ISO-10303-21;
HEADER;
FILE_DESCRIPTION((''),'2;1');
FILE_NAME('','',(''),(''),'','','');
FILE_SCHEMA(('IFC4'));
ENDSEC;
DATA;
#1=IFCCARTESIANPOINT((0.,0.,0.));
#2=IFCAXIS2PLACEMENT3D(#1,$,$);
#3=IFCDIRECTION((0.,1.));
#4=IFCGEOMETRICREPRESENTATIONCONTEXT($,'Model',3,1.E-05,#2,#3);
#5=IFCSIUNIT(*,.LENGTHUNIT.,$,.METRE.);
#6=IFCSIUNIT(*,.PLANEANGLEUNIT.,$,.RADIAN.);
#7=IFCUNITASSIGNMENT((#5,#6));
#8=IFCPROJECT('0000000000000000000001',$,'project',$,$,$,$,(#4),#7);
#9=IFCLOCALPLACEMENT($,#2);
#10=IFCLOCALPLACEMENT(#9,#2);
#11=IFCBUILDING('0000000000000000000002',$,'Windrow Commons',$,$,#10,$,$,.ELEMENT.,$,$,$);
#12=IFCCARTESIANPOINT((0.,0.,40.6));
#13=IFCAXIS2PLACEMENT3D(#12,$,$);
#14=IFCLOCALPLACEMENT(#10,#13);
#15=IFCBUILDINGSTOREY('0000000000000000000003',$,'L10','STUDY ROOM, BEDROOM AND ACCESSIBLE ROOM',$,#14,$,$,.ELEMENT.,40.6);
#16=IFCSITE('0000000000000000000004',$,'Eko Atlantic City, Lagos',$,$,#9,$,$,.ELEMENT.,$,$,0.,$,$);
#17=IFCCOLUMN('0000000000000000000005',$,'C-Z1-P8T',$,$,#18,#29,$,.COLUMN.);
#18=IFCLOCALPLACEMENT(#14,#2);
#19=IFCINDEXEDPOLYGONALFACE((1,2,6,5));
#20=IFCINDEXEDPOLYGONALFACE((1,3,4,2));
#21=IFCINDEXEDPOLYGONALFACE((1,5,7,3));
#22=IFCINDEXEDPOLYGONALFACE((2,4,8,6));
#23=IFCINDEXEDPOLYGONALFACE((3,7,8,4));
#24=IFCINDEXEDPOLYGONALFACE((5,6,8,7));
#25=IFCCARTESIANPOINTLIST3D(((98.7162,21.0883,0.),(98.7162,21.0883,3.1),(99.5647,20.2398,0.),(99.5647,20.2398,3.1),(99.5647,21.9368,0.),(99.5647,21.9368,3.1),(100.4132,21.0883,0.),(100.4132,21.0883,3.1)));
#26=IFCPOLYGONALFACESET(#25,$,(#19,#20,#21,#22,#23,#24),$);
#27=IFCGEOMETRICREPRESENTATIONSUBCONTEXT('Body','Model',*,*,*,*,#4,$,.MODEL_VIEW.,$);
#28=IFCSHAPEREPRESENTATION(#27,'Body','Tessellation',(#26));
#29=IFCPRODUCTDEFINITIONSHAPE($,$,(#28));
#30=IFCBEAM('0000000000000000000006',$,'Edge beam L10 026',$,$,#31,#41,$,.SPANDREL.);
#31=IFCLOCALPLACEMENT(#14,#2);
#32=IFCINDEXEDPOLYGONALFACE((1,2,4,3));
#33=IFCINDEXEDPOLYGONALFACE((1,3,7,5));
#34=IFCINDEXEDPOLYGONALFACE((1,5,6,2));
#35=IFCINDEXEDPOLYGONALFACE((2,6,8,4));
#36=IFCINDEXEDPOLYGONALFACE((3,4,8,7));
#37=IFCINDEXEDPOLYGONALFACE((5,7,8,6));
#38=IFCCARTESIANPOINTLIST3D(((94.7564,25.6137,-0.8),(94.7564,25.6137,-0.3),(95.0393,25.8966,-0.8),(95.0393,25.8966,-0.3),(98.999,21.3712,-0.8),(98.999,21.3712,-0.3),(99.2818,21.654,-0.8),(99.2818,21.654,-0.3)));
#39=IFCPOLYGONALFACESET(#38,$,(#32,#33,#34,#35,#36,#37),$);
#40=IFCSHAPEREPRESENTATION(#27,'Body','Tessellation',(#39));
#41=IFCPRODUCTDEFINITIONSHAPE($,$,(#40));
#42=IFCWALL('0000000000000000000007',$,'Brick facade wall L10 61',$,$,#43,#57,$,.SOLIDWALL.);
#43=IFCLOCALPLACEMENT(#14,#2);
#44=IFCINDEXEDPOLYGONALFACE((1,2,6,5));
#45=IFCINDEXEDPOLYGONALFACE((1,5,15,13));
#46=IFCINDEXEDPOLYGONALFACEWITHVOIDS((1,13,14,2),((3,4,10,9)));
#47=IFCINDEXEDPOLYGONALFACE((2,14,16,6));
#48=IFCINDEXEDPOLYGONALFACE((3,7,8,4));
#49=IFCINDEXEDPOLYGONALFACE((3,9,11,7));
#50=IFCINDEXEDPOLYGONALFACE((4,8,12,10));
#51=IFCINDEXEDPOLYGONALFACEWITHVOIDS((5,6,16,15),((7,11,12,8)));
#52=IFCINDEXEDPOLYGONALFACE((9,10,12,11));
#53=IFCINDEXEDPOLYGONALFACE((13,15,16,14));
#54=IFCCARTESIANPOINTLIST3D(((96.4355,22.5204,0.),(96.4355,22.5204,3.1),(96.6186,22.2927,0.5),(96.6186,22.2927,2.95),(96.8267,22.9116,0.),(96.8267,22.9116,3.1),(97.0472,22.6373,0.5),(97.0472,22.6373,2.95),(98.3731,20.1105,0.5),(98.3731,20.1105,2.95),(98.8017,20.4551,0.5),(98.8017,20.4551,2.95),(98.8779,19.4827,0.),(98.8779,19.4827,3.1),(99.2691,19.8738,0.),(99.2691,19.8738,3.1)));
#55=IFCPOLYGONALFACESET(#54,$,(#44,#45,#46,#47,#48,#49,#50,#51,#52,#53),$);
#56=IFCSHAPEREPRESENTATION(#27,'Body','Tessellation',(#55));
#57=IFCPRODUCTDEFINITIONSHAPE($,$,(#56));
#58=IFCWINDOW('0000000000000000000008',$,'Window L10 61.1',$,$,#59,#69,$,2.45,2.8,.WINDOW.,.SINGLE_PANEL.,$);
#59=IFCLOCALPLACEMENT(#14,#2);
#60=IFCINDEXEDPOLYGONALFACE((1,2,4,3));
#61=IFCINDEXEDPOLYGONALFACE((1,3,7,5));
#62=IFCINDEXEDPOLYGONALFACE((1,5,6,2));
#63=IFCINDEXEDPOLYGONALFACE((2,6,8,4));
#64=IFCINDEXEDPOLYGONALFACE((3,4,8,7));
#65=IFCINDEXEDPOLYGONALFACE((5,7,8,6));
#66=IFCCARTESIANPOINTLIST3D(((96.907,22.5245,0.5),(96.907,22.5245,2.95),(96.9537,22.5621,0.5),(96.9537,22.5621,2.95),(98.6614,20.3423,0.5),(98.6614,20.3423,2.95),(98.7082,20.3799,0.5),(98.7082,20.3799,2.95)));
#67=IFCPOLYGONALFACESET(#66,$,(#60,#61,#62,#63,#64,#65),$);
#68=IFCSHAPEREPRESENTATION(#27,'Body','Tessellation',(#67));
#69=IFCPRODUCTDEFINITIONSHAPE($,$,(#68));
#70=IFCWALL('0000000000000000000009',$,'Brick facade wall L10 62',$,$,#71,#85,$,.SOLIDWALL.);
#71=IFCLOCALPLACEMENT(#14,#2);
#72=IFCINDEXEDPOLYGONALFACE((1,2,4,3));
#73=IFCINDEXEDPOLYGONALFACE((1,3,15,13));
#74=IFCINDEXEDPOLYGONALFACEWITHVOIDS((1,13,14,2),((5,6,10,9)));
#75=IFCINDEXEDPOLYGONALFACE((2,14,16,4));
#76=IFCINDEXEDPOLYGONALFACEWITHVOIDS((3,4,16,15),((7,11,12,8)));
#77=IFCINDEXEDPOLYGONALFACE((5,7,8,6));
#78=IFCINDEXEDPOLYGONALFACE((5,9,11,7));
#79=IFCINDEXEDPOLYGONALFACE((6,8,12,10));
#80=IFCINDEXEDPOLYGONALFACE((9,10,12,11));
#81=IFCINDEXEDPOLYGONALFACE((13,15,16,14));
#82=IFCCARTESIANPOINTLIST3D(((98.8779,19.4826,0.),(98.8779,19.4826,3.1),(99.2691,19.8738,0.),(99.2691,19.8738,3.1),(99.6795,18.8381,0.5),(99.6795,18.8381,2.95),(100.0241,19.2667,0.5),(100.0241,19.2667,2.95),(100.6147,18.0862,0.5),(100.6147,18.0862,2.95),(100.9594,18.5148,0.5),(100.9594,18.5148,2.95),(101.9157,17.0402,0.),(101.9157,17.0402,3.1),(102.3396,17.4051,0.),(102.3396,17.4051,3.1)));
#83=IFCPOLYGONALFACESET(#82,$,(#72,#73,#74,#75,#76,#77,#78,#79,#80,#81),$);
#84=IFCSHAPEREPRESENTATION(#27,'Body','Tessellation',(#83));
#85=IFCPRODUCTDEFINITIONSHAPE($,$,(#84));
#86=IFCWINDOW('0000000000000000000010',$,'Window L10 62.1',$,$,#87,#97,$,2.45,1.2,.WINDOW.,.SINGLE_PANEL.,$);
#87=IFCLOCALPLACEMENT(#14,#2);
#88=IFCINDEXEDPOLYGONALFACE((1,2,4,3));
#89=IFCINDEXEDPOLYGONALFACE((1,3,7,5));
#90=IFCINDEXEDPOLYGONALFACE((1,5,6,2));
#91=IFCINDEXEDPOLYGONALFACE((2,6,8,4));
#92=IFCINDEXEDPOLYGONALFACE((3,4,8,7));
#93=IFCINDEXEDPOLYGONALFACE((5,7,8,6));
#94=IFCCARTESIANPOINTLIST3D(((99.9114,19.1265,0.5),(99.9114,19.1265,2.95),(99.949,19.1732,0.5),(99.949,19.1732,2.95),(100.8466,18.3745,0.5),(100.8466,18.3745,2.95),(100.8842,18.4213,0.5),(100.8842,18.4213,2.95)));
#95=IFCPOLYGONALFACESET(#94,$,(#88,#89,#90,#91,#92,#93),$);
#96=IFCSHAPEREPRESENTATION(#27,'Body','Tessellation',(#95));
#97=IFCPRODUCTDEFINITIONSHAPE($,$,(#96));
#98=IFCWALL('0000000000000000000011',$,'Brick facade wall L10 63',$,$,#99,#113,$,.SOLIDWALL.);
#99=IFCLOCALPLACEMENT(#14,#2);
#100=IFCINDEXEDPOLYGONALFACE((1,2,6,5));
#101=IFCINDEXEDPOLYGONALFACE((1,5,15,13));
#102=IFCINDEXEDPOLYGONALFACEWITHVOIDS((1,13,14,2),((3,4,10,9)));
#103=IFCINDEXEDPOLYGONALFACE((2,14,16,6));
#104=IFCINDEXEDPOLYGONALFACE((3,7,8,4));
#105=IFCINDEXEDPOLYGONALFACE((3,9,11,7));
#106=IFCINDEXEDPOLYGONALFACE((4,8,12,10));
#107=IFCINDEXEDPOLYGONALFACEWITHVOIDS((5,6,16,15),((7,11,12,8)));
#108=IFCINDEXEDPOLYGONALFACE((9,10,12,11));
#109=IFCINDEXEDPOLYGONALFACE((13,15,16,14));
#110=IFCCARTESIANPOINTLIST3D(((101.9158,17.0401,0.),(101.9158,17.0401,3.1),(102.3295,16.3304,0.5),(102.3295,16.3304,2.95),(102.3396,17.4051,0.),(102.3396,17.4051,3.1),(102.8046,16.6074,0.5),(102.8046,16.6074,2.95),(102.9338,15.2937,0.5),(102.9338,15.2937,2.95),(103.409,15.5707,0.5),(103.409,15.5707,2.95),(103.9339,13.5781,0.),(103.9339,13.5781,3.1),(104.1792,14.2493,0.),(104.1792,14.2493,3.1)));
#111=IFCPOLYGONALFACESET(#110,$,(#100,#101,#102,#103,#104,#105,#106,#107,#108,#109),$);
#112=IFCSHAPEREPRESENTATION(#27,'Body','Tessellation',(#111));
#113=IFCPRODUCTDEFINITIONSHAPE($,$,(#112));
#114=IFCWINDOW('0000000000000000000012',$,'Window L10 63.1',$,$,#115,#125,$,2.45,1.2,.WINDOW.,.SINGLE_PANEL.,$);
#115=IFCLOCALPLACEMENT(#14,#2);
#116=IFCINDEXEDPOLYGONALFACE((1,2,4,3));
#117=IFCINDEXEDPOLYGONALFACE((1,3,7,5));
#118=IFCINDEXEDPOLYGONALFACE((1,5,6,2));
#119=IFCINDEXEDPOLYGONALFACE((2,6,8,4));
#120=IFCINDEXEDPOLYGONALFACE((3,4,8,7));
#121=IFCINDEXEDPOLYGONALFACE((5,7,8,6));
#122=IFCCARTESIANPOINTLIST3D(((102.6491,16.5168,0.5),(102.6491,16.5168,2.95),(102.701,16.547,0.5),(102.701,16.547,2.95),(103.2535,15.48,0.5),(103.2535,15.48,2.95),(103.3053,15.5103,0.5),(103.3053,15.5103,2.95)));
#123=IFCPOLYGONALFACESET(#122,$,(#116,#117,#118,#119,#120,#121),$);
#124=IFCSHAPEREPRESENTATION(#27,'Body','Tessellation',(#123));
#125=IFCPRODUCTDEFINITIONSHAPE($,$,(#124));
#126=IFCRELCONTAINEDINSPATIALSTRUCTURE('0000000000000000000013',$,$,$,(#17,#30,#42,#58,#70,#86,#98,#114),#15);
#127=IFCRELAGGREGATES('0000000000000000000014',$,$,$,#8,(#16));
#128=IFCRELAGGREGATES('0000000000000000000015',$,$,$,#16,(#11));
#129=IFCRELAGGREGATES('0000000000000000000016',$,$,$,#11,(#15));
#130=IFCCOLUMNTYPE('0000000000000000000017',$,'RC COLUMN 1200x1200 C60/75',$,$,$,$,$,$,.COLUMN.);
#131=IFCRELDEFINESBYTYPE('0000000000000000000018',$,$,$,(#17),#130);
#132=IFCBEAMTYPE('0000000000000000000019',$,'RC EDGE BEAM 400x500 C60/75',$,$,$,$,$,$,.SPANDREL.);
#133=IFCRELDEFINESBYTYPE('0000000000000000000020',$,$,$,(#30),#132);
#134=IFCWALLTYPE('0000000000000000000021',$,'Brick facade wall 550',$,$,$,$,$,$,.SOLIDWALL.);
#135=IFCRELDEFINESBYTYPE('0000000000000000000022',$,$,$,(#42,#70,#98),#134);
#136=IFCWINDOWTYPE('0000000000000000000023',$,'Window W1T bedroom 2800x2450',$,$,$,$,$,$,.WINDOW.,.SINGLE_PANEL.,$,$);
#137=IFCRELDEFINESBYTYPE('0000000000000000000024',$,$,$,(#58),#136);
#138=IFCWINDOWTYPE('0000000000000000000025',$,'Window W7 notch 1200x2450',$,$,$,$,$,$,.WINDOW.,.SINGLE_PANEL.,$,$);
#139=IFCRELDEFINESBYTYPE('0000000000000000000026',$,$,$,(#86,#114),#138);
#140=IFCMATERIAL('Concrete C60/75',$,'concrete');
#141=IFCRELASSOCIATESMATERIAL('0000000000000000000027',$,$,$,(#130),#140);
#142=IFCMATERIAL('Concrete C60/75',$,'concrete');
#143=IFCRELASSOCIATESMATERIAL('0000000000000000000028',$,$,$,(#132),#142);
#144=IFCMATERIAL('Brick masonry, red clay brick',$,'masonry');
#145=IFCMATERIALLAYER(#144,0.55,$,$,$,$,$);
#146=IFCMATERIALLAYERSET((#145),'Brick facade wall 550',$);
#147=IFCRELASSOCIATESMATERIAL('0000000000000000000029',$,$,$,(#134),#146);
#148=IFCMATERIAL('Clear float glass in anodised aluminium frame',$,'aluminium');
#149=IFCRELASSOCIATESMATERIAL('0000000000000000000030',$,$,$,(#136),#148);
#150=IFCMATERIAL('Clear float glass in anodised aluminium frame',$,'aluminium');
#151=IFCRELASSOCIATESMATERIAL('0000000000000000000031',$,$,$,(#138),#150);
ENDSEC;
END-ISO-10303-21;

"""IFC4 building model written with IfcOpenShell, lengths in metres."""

from ifc_helpers import new_model, si_unit, direction, frame, frame_2d, origin, origin_2d, place, context, subcontext, project, spatial, polyline, rectangle, outline, extrude, material, layer, layer_set, material_profile, profile_set, type_object, element, fill, save


model = new_model("IFC4")

# Units and contexts
model_context = context("Model", 3, precision=1e-05, world=origin(), true_north=direction((0.0, 1.0)))
body_context = subcontext(model_context, "Body", "Model", "MODEL_VIEW")
ifc_project = project(units=[si_unit("LENGTHUNIT", "METRE"), si_unit("PLANEANGLEUNIT", "RADIAN")], contexts=[model_context])

# Site, building, storey
site_placement = place(None, origin())
site = spatial("IfcSite", under=ifc_project, at=site_placement, Name="Eko Atlantic City, Lagos", CompositionType="ELEMENT", RefElevation=0.0)
building_placement = place(site_placement, origin())
building = spatial("IfcBuilding", under=site, at=building_placement, Name="Windrow Commons", CompositionType="ELEMENT")
storey_placement = place(building_placement, frame((0.0, 0.0, 40.6)))
storey = spatial("IfcBuildingStorey", under=building, at=storey_placement, Name="L10", Description="STUDY ROOM, BEDROOM AND ACCESSIBLE ROOM", CompositionType="ELEMENT", Elevation=40.6)

# Column
ifc_material_1 = material(Name="Concrete C60/75", Category="concrete")
ifc_material_profile_1 = material_profile(ifc_material_1, rectangle(XDim=1.2, YDim=1.2, at=origin_2d()))
ifc_profile_set_1 = profile_set([ifc_material_profile_1], Name="Concrete C60/75")
column_type = type_object("IfcColumnType", Name="RC COLUMN 1200x1200 C60/75", PredefinedType="COLUMN", material=ifc_profile_set_1)
column_placement = place(storey_placement, frame((99.5647, 21.0883, 0.0), z_axis=(0.0, 0.0, 1.0), x_axis=(0.707107, -0.707107, 0.0)))
element("IfcColumn", 1, at=column_placement, inside=storey, type_object=column_type, Name="C-Z1-P8T", PredefinedType="COLUMN", context=body_context, shape_type="SweptSolid", body=[
    extrude(rectangle(XDim=1.2, YDim=1.2, at=origin_2d()), origin(), (0.0, 0.0, 1.0), 3.1),
])

# Beam
ifc_material_2 = material(Name="Concrete C60/75", Category="concrete")
ifc_material_profile_2 = material_profile(ifc_material_2, rectangle(XDim=0.4, YDim=0.5, at=origin_2d()))
ifc_profile_set_2 = profile_set([ifc_material_profile_2], Name="Concrete C60/75")
beam_type = type_object("IfcBeamType", Name="RC EDGE BEAM 400x500 C60/75", PredefinedType="SPANDREL", material=ifc_profile_set_2)
beam_placement = place(storey_placement, frame((99.1404, 21.5126, -0.55), z_axis=(-0.707107, 0.707107, 0.0), x_axis=(-0.707107, -0.707107, 0.0)))
element("IfcBeam", 2, at=beam_placement, inside=storey, type_object=beam_type, Name="Edge beam L10 026", PredefinedType="SPANDREL", context=body_context, shape_type="SweptSolid", body=[
    extrude(rectangle(XDim=0.4, YDim=0.5, at=origin_2d()), origin(), (0.0, 0.0, 1.0), 5.9999),
])

# Walls, openings, windows
ifc_material_3 = material(Name="Brick masonry, red clay brick", Category="masonry")
ifc_layer_1 = layer(ifc_material_3, 0.55)
ifc_layer_set_1 = layer_set([ifc_layer_1], Name="Brick facade wall 550")
wall_type_1 = type_object("IfcWallType", Name="Brick facade wall 550", PredefinedType="SOLIDWALL", material=ifc_layer_set_1)
wall_1_placement = place(storey_placement, frame((96.6311, 22.716, 0.0), z_axis=(0.0, 0.0, 1.0), x_axis=(0.626595, -0.779345, 0.0)))
wall_1 = element("IfcWall", 3, at=wall_1_placement, inside=storey, type_object=wall_type_1, Name="Brick facade wall L10 61", PredefinedType="SOLIDWALL", context=body_context, shape_type="SweptSolid", body=[
    extrude(outline(polyline([(0.0299, -0.275), (3.9277, -0.275), (3.868, 0.275), (-0.0299, 0.275), (0.0299, -0.275)])), origin(), (0.0, 0.0, 1.0), 3.1),
])
opening_1_placement = place(wall_1_placement, frame((0.3221, 0.0, 0.5)))
opening_1 = element("IfcOpeningElement", 4, at=opening_1_placement, cuts=wall_1, PredefinedType="OPENING", context=body_context, shape_type="SweptSolid", body=[
    extrude(rectangle(XDim=2.8, YDim=2.45, at=frame_2d((1.4, 1.225))), frame((0.0, 0.285, 0.0), z_axis=(0.0, -1.0, 0.0), x_axis=(1.0, 0.0, 0.0)), (0.0, 0.0, 1.0), 0.57),
])
ifc_material_4 = material(Name="Clear float glass in anodised aluminium frame", Category="aluminium")
window_type_1 = type_object("IfcWindowType", Name="Window W1T bedroom 2800x2450", PartitioningType="SINGLE_PANEL", PredefinedType="WINDOW", material=ifc_material_4)
window_1_placement = place(opening_1_placement, origin())
window_1 = element("IfcWindow", 5, at=window_1_placement, inside=storey, type_object=window_type_1, Name="Window L10 61.1", OverallHeight=2.45, OverallWidth=2.8, PartitioningType="SINGLE_PANEL", PredefinedType="WINDOW", context=body_context, shape_type="SweptSolid", body=[
    extrude(rectangle(XDim=2.8, YDim=2.45, at=frame_2d((1.4, 1.225))), frame((0.0, 0.155, 0.0), z_axis=(0.0, -1.0, 0.0), x_axis=(1.0, 0.0, 0.0)), (0.0, 0.0, 1.0), 0.06),
])
fill(opening_1, window_1)
wall_2_placement = place(storey_placement, frame((99.0735, 19.6782, 0.0), z_axis=(0.0, 0.0, 1.0), x_axis=(0.779343, -0.626598, 0.0)))
wall_2 = element("IfcWall", 6, at=wall_2_placement, inside=storey, type_object=wall_type_1, Name="Brick facade wall L10 62", PredefinedType="SOLIDWALL", context=body_context, shape_type="SweptSolid", body=[
    extrude(outline(polyline([(-0.0299, -0.275), (3.868, -0.275), (3.9697, 0.275), (0.0299, 0.275), (-0.0299, -0.275)])), origin(), (0.0, 0.0, 1.0), 3.1),
])
opening_2_placement = place(wall_2_placement, frame((0.9987, 0.0, 0.5)))
opening_2 = element("IfcOpeningElement", 7, at=opening_2_placement, cuts=wall_2, PredefinedType="OPENING", context=body_context, shape_type="SweptSolid", body=[
    extrude(rectangle(XDim=1.2, YDim=2.45, at=frame_2d((0.6, 1.225))), frame((0.0, 0.285, 0.0), z_axis=(0.0, -1.0, 0.0), x_axis=(1.0, 0.0, 0.0)), (0.0, 0.0, 1.0), 0.57),
])
ifc_material_5 = material(Name="Clear float glass in anodised aluminium frame", Category="aluminium")
window_type_2 = type_object("IfcWindowType", Name="Window W7 notch 1200x2450", PartitioningType="SINGLE_PANEL", PredefinedType="WINDOW", material=ifc_material_5)
window_2_placement = place(opening_2_placement, origin())
window_2 = element("IfcWindow", 8, at=window_2_placement, inside=storey, type_object=window_type_2, Name="Window L10 62.1", OverallHeight=2.45, OverallWidth=1.2, PartitioningType="SINGLE_PANEL", PredefinedType="WINDOW", context=body_context, shape_type="SweptSolid", body=[
    extrude(rectangle(XDim=1.2, YDim=2.45, at=frame_2d((0.6, 1.225))), frame((0.0, 0.155, 0.0), z_axis=(0.0, -1.0, 0.0), x_axis=(1.0, 0.0, 0.0)), (0.0, 0.0, 1.0), 0.06),
])
fill(opening_2, window_2)
wall_3_placement = place(storey_placement, frame((102.1277, 17.2226, 0.0), z_axis=(0.0, 0.0, 1.0), x_axis=(0.503611, -0.86393, 0.0)))
wall_3 = element("IfcWall", 9, at=wall_3_placement, inside=storey, type_object=wall_type_1, Name="Brick facade wall L10 63", PredefinedType="SOLIDWALL", context=body_context, shape_type="SweptSolid", body=[
    extrude(outline(polyline([(0.0509, -0.275), (4.0582, -0.275), (3.6019, 0.275), (-0.0509, 0.275), (0.0509, -0.275)])), origin(), (0.0, 0.0, 1.0), 3.1),
])
opening_3_placement = place(wall_3_placement, frame((0.8724, 0.0, 0.5)))
opening_3 = element("IfcOpeningElement", 10, at=opening_3_placement, cuts=wall_3, PredefinedType="OPENING", context=body_context, shape_type="SweptSolid", body=[
    extrude(rectangle(XDim=1.2, YDim=2.45, at=frame_2d((0.6, 1.225))), frame((0.0, 0.285, 0.0), z_axis=(0.0, -1.0, 0.0), x_axis=(1.0, 0.0, 0.0)), (0.0, 0.0, 1.0), 0.57),
])
window_3_placement = place(opening_3_placement, origin())
window_3 = element("IfcWindow", 11, at=window_3_placement, inside=storey, type_object=window_type_2, Name="Window L10 63.1", OverallHeight=2.45, OverallWidth=1.2, PartitioningType="SINGLE_PANEL", PredefinedType="WINDOW", context=body_context, shape_type="SweptSolid", body=[
    extrude(rectangle(XDim=1.2, YDim=2.45, at=frame_2d((0.6, 1.225))), frame((0.0, 0.155, 0.0), z_axis=(0.0, -1.0, 0.0), x_axis=(1.0, 0.0, 0.0)), (0.0, 0.0, 1.0), 0.06),
])
fill(opening_3, window_3)

save(model, "model.ifc")
